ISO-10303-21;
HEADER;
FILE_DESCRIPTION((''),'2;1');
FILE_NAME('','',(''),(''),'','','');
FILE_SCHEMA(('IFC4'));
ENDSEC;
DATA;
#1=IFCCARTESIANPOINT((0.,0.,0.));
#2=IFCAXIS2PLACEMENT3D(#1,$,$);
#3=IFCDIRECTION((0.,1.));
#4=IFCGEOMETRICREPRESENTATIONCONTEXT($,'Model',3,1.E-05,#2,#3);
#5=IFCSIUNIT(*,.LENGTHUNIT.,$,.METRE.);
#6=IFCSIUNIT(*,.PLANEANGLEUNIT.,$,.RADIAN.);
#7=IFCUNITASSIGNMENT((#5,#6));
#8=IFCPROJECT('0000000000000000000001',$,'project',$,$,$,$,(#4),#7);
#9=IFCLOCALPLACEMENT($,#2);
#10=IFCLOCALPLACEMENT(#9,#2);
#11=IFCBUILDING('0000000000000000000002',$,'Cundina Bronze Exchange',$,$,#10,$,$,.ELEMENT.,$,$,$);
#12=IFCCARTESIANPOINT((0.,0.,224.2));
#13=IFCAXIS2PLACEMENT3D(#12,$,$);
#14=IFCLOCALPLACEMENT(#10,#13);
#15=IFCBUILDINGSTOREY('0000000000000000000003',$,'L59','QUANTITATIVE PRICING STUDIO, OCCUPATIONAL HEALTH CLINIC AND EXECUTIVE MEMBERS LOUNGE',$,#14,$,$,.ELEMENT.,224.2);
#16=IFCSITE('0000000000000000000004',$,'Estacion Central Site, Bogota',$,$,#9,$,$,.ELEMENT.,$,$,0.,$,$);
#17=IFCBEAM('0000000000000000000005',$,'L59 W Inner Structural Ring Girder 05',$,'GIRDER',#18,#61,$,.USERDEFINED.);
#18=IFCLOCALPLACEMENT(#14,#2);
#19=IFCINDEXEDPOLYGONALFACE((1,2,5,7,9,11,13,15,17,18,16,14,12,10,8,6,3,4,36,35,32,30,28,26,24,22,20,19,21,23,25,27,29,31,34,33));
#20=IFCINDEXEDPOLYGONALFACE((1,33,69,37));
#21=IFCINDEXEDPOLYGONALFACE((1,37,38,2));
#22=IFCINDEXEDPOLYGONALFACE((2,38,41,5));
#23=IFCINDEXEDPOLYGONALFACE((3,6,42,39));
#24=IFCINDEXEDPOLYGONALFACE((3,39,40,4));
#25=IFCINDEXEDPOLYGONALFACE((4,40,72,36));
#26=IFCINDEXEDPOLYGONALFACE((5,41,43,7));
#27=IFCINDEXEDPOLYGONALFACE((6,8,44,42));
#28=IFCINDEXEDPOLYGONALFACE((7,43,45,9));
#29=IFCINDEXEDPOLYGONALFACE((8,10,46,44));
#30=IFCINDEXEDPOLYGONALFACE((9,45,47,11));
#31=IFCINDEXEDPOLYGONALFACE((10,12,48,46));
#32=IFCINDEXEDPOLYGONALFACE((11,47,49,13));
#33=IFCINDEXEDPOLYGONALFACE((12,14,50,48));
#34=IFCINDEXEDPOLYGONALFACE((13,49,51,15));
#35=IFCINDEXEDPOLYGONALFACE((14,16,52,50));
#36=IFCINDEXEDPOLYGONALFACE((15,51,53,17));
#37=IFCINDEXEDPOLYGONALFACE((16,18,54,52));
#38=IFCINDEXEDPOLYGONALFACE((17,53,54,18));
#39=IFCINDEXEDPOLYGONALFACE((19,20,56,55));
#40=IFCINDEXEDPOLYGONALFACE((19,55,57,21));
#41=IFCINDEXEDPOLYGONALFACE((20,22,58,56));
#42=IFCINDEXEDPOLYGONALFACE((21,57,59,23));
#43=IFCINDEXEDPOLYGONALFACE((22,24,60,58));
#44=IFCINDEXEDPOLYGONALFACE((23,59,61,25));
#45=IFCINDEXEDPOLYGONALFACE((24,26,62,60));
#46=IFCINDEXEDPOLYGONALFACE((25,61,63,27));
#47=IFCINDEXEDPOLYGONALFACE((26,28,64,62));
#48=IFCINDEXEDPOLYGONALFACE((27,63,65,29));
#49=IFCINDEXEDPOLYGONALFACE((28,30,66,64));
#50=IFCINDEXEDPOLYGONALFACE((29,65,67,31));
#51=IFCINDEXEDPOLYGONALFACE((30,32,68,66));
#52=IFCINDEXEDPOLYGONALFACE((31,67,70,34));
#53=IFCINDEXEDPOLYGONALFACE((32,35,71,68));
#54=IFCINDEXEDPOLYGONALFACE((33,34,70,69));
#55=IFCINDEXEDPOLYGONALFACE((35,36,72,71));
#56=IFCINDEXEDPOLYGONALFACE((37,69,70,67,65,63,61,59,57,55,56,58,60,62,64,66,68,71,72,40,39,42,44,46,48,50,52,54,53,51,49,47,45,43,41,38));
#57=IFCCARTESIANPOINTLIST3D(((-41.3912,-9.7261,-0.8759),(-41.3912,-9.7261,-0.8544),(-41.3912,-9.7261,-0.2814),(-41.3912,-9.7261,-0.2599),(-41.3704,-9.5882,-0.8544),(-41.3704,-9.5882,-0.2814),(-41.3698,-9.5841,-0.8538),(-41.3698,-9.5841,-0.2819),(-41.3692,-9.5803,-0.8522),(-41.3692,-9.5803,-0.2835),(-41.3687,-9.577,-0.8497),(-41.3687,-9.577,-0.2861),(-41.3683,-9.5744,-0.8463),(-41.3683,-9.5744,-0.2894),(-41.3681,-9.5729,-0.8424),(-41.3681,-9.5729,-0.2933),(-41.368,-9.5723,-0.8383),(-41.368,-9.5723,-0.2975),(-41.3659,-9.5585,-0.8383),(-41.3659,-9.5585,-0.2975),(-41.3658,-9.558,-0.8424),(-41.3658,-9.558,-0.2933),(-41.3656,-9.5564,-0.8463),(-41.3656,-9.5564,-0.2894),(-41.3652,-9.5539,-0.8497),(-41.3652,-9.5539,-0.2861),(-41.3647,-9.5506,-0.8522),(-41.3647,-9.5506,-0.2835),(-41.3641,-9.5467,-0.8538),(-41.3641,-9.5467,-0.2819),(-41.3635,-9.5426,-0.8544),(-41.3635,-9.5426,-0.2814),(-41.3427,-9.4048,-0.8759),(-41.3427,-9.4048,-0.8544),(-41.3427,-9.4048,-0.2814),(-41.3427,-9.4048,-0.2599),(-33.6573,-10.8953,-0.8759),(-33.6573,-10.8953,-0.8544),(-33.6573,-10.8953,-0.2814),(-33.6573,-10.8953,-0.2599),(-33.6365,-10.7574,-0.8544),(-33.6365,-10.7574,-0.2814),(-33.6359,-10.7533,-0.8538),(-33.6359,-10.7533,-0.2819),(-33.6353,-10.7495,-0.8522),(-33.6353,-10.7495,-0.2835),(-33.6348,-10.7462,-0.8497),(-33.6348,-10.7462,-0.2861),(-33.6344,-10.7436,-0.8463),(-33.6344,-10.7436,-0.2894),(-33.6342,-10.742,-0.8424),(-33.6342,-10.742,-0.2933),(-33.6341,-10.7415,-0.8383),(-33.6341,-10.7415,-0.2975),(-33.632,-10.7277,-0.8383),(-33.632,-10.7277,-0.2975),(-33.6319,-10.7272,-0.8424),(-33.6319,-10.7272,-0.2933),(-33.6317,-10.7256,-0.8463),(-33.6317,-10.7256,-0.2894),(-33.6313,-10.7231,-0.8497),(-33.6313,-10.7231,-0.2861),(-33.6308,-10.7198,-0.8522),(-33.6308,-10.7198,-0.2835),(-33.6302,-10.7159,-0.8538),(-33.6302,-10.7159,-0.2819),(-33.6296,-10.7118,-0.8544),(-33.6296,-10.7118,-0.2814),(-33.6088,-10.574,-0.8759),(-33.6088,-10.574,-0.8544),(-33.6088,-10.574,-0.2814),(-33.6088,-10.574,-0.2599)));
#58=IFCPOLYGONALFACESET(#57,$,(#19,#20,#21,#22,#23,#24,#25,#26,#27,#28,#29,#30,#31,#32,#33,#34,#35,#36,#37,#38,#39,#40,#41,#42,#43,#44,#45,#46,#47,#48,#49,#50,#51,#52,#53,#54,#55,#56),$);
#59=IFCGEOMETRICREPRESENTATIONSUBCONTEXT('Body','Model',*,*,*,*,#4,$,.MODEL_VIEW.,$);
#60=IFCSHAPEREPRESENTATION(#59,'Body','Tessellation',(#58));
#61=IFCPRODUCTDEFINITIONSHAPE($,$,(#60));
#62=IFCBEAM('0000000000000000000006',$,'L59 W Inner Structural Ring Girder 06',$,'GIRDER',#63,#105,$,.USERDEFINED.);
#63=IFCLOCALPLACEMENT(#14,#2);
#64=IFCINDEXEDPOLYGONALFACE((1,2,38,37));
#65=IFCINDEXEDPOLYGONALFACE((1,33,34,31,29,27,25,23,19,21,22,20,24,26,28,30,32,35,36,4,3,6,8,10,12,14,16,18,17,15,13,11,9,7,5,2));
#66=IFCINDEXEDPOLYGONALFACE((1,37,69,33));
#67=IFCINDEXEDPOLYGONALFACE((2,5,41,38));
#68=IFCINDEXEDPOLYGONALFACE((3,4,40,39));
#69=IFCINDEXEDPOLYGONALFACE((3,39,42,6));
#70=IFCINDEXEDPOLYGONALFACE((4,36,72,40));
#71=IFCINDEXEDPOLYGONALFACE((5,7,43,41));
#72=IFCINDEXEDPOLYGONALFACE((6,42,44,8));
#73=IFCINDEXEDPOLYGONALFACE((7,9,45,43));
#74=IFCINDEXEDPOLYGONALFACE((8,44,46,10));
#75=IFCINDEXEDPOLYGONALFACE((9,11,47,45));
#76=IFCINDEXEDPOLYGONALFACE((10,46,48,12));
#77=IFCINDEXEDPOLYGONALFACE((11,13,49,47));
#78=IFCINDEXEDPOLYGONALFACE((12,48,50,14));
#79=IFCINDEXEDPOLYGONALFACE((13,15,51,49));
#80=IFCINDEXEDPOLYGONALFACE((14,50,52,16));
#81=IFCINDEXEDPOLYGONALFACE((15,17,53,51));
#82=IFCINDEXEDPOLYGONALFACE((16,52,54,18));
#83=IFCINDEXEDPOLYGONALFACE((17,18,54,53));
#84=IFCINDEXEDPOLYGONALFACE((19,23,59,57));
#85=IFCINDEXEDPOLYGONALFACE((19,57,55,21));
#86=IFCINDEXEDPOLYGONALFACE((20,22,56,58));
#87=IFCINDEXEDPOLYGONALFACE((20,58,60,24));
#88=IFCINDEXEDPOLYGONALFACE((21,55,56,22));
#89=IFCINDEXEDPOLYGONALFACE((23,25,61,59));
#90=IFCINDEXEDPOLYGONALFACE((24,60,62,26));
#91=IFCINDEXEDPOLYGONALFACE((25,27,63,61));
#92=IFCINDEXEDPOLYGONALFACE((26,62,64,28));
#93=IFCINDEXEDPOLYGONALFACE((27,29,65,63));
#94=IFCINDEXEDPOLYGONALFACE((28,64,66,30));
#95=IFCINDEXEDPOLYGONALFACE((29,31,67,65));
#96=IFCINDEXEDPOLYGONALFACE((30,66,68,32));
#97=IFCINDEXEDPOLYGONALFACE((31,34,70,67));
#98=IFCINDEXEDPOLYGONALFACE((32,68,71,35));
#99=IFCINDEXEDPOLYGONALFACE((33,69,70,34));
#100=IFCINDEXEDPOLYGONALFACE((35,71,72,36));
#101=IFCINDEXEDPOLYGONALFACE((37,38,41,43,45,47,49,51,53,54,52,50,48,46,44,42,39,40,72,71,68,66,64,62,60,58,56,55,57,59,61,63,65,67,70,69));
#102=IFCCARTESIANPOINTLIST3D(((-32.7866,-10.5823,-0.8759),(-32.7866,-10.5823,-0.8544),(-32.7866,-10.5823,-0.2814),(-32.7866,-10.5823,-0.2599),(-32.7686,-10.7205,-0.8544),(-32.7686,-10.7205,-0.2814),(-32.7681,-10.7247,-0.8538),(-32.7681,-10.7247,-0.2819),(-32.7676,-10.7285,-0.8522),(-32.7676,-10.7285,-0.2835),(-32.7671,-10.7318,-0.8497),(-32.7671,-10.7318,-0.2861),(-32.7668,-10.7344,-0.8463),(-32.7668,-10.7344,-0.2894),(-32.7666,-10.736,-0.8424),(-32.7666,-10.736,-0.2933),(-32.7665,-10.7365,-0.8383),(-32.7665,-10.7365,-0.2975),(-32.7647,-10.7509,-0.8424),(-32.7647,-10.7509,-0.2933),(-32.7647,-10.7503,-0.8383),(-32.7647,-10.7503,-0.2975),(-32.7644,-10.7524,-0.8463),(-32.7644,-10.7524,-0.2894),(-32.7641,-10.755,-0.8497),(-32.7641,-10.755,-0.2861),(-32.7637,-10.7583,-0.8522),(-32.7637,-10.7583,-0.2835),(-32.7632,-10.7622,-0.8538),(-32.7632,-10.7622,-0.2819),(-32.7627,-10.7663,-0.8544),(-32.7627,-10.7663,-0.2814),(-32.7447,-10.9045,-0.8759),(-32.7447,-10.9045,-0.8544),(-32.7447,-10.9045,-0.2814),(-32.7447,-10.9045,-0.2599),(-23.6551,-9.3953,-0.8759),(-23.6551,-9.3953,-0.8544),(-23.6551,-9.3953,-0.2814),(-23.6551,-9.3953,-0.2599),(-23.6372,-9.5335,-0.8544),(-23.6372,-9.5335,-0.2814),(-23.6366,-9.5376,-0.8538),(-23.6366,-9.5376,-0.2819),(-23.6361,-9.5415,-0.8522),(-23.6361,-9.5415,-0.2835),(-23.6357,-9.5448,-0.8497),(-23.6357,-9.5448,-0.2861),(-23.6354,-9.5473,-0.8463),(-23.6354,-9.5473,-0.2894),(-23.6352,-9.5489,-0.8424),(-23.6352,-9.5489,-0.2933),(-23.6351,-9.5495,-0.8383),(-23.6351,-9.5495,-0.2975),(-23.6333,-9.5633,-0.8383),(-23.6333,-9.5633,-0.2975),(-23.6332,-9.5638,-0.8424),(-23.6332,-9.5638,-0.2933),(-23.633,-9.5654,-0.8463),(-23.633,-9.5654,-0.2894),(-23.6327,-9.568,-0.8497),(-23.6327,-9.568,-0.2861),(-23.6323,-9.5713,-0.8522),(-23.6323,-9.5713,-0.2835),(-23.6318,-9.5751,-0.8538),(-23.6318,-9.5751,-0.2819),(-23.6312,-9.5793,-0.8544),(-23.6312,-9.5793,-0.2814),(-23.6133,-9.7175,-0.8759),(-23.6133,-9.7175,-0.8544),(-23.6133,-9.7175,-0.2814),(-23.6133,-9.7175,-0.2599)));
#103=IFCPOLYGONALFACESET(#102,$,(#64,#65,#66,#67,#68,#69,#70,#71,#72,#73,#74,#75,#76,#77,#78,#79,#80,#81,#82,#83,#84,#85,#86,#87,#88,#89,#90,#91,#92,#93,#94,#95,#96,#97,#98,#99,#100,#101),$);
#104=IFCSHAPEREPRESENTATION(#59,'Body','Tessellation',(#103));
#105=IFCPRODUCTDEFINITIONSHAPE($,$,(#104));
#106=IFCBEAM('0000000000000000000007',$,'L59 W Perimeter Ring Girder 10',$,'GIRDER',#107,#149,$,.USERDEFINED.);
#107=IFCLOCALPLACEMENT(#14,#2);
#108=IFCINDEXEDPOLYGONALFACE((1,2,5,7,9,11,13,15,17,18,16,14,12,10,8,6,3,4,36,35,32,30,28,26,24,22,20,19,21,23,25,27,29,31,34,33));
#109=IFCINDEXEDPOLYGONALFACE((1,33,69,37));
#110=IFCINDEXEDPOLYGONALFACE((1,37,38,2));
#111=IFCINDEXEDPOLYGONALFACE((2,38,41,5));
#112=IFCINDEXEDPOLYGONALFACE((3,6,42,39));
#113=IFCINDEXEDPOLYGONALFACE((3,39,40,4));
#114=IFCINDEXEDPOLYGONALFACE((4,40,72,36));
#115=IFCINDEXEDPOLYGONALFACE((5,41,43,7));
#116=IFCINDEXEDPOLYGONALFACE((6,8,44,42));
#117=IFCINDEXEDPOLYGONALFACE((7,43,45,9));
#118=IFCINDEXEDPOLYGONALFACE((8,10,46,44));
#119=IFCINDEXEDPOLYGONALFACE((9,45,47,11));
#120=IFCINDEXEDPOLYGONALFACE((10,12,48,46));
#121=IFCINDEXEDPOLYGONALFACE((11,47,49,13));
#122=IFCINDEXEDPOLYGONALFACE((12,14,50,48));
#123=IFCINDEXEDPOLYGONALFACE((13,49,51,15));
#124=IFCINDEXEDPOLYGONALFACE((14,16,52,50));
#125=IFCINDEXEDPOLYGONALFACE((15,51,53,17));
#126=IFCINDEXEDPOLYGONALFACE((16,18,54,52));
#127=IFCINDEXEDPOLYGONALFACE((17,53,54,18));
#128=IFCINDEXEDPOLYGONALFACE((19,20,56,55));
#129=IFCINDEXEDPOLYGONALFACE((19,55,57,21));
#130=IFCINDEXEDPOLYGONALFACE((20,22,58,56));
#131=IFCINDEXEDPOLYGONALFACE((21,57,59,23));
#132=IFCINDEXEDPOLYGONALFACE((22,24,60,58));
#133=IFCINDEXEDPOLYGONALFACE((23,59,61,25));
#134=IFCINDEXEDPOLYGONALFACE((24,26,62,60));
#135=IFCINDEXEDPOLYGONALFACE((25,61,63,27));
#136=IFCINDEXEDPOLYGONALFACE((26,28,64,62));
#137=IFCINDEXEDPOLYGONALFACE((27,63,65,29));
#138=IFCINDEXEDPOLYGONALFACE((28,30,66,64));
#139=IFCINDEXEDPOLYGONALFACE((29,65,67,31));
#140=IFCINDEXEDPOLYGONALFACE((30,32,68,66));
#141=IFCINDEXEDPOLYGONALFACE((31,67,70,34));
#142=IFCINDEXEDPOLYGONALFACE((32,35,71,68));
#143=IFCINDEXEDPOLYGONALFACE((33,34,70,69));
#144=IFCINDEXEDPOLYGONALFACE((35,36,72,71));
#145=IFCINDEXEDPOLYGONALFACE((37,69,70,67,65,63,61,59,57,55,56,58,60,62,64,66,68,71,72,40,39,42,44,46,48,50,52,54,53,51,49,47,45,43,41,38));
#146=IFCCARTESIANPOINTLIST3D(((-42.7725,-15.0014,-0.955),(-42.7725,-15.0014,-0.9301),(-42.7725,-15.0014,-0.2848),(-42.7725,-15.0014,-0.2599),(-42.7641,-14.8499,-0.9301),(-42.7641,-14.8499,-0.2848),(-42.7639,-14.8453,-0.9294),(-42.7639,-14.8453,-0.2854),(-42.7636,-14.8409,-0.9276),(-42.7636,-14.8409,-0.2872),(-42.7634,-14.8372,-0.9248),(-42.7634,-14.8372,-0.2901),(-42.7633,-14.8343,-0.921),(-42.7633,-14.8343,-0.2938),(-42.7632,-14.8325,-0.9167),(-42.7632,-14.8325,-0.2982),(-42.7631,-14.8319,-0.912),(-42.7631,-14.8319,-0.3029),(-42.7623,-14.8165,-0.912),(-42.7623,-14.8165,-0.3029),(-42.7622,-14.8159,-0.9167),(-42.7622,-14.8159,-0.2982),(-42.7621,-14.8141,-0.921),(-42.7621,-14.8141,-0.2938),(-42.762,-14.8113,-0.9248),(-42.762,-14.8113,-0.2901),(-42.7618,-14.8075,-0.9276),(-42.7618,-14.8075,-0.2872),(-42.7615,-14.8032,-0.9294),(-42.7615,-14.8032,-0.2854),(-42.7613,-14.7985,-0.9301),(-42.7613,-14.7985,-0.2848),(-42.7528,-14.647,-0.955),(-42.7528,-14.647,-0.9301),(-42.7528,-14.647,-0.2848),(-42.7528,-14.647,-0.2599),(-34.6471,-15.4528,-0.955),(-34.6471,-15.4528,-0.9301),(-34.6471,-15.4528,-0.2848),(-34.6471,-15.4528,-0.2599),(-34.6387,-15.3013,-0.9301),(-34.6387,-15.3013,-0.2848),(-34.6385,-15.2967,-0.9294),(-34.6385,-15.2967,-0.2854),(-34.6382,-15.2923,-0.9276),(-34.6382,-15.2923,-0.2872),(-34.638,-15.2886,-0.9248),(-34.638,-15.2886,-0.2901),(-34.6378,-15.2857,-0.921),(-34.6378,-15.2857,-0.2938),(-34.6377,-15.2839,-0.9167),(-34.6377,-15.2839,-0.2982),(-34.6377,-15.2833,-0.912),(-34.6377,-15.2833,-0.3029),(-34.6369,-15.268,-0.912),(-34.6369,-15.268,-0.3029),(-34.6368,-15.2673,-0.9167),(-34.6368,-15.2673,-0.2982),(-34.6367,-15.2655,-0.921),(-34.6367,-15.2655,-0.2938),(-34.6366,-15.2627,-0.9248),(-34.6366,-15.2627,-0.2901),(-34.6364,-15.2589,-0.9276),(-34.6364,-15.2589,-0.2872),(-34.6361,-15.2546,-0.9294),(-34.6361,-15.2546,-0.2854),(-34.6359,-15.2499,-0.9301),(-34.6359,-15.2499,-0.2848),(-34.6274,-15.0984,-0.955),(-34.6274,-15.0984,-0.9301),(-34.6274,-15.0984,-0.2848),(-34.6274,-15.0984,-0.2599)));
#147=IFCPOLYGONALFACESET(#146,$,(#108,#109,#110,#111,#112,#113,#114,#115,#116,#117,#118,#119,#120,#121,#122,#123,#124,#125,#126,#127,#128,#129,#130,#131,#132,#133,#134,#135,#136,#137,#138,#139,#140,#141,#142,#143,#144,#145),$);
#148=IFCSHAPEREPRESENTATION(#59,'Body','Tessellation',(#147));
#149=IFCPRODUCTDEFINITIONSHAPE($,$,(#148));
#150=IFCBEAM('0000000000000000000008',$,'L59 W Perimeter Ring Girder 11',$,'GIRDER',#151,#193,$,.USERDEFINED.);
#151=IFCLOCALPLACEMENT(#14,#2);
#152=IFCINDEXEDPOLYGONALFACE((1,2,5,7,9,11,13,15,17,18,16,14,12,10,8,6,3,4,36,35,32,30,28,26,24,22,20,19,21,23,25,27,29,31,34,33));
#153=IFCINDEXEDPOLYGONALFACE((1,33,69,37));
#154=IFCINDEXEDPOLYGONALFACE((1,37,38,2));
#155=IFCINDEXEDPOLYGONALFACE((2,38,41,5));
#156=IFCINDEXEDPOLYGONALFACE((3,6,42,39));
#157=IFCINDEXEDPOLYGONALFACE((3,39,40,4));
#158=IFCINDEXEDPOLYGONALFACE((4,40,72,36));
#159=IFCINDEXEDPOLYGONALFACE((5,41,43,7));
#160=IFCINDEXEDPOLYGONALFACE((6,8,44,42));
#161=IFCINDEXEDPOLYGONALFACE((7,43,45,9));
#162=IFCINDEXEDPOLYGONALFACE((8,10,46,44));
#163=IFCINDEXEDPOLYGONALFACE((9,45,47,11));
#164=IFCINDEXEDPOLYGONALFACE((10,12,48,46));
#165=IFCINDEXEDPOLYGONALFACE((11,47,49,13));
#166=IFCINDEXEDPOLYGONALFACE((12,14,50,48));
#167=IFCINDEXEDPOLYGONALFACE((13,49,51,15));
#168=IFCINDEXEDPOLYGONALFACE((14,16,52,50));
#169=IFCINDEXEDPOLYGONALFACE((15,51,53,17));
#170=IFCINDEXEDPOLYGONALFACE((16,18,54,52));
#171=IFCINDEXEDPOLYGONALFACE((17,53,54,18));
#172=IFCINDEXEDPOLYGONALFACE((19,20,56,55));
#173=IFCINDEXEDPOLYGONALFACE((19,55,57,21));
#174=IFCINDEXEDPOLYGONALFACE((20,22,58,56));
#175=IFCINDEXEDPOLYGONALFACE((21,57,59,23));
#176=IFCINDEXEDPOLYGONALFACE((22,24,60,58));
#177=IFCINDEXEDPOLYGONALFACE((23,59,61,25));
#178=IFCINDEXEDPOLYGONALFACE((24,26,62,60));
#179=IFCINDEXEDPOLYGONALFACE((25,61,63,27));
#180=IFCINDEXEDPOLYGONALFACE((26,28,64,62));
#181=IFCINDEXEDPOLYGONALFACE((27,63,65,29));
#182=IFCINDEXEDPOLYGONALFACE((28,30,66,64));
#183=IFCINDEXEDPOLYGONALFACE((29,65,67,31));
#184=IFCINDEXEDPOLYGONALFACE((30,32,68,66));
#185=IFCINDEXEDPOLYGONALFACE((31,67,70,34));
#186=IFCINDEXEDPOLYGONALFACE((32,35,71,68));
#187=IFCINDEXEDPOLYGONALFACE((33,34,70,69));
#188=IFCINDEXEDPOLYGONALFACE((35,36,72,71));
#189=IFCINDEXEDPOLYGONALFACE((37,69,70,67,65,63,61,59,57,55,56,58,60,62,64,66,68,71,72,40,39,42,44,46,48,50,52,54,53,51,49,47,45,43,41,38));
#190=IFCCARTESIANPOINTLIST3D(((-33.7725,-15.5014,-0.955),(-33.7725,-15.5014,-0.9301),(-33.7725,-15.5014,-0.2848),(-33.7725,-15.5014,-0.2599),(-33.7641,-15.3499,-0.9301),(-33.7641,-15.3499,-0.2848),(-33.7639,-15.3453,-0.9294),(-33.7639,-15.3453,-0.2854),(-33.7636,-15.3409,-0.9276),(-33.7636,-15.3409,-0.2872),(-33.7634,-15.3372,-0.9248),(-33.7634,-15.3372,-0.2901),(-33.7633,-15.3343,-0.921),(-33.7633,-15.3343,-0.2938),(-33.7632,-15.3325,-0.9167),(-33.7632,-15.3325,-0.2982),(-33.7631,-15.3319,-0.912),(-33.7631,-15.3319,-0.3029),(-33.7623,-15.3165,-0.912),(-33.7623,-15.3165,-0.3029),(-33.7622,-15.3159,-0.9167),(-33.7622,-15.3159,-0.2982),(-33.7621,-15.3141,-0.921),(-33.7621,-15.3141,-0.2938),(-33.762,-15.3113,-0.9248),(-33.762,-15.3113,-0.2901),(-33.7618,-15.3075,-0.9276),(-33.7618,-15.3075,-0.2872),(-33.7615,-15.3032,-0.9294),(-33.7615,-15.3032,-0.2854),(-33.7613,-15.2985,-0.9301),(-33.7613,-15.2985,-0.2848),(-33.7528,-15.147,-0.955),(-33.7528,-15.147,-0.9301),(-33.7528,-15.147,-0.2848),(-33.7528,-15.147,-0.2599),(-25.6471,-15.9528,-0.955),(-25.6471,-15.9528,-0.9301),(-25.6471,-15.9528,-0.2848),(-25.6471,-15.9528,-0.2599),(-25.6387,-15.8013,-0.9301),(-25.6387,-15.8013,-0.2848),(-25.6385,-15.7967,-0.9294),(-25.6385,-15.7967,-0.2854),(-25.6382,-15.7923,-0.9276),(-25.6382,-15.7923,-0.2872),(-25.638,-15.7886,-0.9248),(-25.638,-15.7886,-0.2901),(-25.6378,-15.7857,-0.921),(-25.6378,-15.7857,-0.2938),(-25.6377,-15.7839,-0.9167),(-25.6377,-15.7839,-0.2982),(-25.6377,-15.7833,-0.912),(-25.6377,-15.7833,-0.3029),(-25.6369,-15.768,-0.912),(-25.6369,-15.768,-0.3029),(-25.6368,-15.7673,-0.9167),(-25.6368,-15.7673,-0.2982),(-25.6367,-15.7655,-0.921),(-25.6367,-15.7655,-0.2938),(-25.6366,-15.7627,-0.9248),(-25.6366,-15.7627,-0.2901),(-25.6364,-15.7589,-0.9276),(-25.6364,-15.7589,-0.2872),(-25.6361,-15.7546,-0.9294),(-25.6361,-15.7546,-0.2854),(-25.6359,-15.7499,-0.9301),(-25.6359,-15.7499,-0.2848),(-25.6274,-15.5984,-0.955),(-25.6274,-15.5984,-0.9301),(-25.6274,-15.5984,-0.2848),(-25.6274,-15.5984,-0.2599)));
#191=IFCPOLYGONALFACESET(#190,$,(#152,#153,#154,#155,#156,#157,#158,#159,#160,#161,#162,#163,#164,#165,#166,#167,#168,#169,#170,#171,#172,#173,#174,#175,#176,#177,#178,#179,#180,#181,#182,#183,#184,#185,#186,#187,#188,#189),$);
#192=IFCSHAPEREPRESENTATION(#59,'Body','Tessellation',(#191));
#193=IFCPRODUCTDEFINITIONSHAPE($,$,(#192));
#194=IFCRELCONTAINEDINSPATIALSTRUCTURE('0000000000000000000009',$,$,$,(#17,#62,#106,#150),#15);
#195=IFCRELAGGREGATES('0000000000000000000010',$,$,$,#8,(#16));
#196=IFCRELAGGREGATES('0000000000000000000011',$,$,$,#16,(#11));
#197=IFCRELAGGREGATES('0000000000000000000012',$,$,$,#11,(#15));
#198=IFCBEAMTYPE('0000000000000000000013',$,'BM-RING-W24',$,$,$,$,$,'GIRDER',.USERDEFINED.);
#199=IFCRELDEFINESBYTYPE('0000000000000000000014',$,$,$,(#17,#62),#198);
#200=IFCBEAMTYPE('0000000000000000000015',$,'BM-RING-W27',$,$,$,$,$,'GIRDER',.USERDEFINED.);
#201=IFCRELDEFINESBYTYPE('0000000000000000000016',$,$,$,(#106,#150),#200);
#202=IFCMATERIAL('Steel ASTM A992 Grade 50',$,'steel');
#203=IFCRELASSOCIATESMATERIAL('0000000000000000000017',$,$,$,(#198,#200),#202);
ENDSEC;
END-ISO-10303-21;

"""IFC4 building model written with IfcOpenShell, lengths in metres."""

from ifc_helpers import new_model, si_unit, direction, frame, origin, origin_2d, place, context, subcontext, project, spatial, i_section, extrude, material, material_profile, profile_set, type_object, element, save


model = new_model("IFC4")

# Units and contexts
model_context = context("Model", 3, precision=1e-05, world=origin(), true_north=direction((0.0, 1.0)))
body_context = subcontext(model_context, "Body", "Model", "MODEL_VIEW")
ifc_project = project(units=[si_unit("LENGTHUNIT", "METRE"), si_unit("PLANEANGLEUNIT", "RADIAN")], contexts=[model_context])

# Site, building, storey
site_placement = place(None, origin())
site = spatial("IfcSite", under=ifc_project, at=site_placement, Name="Estacion Central Site, Bogota", CompositionType="ELEMENT", RefElevation=0.0)
building_placement = place(site_placement, origin())
building = spatial("IfcBuilding", under=site, at=building_placement, Name="Cundina Bronze Exchange", CompositionType="ELEMENT")
storey_placement = place(building_placement, frame((0.0, 0.0, 224.2)))
storey = spatial("IfcBuildingStorey", under=building, at=storey_placement, Name="L59", Description="QUANTITATIVE PRICING STUDIO, OCCUPATIONAL HEALTH CLINIC AND EXECUTIVE MEMBERS LOUNGE", CompositionType="ELEMENT", Elevation=224.2)

# Beams
ifc_material_1 = material(Name="Steel ASTM A992 Grade 50", Category="steel")
ifc_material_profile_1 = material_profile(ifc_material_1, i_section(OverallWidth=0.325, OverallDepth=0.616, WebThickness=0.0139, FlangeThickness=0.0215, FilletRadius=0.0161, at=origin_2d()), Name="W24X117", Category="steel")
ifc_profile_set_1 = profile_set([ifc_material_profile_1], Name="Steel ASTM A992 Grade 50")
beam_type_1 = type_object("IfcBeamType", Name="BM-RING-W24", ElementType="GIRDER", PredefinedType="USERDEFINED", material=ifc_profile_set_1)
beam_1_placement = place(storey_placement, frame((-41.3669, -9.5654, -0.5679), z_axis=(0.988765, -0.149479, 0.0), x_axis=(0.149479, 0.988765, 0.0)))
element("IfcBeam", 1, at=beam_1_placement, inside=storey, type_object=beam_type_1, Name="L59 W Inner Structural Ring Girder 05", ObjectType="GIRDER", PredefinedType="USERDEFINED", context=body_context, shape_type="SweptSolid", body=[
    extrude(i_section(OverallWidth=0.325, OverallDepth=0.616, WebThickness=0.0139, FlangeThickness=0.0215, FilletRadius=0.0161, at=origin_2d()), origin(), (0.0, 0.0, 1.0), 7.8218),
])
beam_2_placement = place(storey_placement, frame((-32.7656, -10.7434, -0.5679), z_axis=(0.991656, 0.128908, 0.0), x_axis=(-0.128908, 0.991656, 0.0)))
element("IfcBeam", 2, at=beam_2_placement, inside=storey, type_object=beam_type_1, Name="L59 W Inner Structural Ring Girder 06", ObjectType="GIRDER", PredefinedType="USERDEFINED", context=body_context, shape_type="SweptSolid", body=[
    extrude(i_section(OverallWidth=0.325, OverallDepth=0.616, WebThickness=0.0139, FlangeThickness=0.0215, FilletRadius=0.0161, at=origin_2d()), origin(), (0.0, 0.0, 1.0), 9.2083),
])
ifc_material_profile_2 = material_profile(ifc_material_1, i_section(OverallWidth=0.355, OverallDepth=0.6951, WebThickness=0.0154, FlangeThickness=0.0249, FilletRadius=0.0181, at=origin_2d()), Name="W27X146", Category="steel")
ifc_profile_set_2 = profile_set([ifc_material_profile_2], Name="Steel ASTM A992 Grade 50")
beam_type_2 = type_object("IfcBeamType", Name="BM-RING-W27", ElementType="GIRDER", PredefinedType="USERDEFINED", material=ifc_profile_set_2)
for number, where, z_axis, x_axis, name in (
    (3, (-42.7627, -14.8242, -0.6074), (0.99846, -0.05547, 0.0), (0.05547, 0.99846, 0.0), "L59 W Perimeter Ring Girder 10"),
    (4, (-33.7627, -15.3242, -0.6074), (0.99846, -0.05547, 0.0), (0.05547, 0.99846, 0.0), "L59 W Perimeter Ring Girder 11"),
):
    element("IfcBeam", number, at=place(storey_placement, frame(where, z_axis=z_axis, x_axis=x_axis)), inside=storey, type_object=beam_type_2, Name=name, ObjectType="GIRDER", PredefinedType="USERDEFINED", context=body_context, shape_type="SweptSolid", body=[
        extrude(i_section(OverallWidth=0.355, OverallDepth=0.6951, WebThickness=0.0154, FlangeThickness=0.0249, FilletRadius=0.0181, at=origin_2d()), origin(), (0.0, 0.0, 1.0), 8.1379),
    ])

save(model, "model.ifc")
